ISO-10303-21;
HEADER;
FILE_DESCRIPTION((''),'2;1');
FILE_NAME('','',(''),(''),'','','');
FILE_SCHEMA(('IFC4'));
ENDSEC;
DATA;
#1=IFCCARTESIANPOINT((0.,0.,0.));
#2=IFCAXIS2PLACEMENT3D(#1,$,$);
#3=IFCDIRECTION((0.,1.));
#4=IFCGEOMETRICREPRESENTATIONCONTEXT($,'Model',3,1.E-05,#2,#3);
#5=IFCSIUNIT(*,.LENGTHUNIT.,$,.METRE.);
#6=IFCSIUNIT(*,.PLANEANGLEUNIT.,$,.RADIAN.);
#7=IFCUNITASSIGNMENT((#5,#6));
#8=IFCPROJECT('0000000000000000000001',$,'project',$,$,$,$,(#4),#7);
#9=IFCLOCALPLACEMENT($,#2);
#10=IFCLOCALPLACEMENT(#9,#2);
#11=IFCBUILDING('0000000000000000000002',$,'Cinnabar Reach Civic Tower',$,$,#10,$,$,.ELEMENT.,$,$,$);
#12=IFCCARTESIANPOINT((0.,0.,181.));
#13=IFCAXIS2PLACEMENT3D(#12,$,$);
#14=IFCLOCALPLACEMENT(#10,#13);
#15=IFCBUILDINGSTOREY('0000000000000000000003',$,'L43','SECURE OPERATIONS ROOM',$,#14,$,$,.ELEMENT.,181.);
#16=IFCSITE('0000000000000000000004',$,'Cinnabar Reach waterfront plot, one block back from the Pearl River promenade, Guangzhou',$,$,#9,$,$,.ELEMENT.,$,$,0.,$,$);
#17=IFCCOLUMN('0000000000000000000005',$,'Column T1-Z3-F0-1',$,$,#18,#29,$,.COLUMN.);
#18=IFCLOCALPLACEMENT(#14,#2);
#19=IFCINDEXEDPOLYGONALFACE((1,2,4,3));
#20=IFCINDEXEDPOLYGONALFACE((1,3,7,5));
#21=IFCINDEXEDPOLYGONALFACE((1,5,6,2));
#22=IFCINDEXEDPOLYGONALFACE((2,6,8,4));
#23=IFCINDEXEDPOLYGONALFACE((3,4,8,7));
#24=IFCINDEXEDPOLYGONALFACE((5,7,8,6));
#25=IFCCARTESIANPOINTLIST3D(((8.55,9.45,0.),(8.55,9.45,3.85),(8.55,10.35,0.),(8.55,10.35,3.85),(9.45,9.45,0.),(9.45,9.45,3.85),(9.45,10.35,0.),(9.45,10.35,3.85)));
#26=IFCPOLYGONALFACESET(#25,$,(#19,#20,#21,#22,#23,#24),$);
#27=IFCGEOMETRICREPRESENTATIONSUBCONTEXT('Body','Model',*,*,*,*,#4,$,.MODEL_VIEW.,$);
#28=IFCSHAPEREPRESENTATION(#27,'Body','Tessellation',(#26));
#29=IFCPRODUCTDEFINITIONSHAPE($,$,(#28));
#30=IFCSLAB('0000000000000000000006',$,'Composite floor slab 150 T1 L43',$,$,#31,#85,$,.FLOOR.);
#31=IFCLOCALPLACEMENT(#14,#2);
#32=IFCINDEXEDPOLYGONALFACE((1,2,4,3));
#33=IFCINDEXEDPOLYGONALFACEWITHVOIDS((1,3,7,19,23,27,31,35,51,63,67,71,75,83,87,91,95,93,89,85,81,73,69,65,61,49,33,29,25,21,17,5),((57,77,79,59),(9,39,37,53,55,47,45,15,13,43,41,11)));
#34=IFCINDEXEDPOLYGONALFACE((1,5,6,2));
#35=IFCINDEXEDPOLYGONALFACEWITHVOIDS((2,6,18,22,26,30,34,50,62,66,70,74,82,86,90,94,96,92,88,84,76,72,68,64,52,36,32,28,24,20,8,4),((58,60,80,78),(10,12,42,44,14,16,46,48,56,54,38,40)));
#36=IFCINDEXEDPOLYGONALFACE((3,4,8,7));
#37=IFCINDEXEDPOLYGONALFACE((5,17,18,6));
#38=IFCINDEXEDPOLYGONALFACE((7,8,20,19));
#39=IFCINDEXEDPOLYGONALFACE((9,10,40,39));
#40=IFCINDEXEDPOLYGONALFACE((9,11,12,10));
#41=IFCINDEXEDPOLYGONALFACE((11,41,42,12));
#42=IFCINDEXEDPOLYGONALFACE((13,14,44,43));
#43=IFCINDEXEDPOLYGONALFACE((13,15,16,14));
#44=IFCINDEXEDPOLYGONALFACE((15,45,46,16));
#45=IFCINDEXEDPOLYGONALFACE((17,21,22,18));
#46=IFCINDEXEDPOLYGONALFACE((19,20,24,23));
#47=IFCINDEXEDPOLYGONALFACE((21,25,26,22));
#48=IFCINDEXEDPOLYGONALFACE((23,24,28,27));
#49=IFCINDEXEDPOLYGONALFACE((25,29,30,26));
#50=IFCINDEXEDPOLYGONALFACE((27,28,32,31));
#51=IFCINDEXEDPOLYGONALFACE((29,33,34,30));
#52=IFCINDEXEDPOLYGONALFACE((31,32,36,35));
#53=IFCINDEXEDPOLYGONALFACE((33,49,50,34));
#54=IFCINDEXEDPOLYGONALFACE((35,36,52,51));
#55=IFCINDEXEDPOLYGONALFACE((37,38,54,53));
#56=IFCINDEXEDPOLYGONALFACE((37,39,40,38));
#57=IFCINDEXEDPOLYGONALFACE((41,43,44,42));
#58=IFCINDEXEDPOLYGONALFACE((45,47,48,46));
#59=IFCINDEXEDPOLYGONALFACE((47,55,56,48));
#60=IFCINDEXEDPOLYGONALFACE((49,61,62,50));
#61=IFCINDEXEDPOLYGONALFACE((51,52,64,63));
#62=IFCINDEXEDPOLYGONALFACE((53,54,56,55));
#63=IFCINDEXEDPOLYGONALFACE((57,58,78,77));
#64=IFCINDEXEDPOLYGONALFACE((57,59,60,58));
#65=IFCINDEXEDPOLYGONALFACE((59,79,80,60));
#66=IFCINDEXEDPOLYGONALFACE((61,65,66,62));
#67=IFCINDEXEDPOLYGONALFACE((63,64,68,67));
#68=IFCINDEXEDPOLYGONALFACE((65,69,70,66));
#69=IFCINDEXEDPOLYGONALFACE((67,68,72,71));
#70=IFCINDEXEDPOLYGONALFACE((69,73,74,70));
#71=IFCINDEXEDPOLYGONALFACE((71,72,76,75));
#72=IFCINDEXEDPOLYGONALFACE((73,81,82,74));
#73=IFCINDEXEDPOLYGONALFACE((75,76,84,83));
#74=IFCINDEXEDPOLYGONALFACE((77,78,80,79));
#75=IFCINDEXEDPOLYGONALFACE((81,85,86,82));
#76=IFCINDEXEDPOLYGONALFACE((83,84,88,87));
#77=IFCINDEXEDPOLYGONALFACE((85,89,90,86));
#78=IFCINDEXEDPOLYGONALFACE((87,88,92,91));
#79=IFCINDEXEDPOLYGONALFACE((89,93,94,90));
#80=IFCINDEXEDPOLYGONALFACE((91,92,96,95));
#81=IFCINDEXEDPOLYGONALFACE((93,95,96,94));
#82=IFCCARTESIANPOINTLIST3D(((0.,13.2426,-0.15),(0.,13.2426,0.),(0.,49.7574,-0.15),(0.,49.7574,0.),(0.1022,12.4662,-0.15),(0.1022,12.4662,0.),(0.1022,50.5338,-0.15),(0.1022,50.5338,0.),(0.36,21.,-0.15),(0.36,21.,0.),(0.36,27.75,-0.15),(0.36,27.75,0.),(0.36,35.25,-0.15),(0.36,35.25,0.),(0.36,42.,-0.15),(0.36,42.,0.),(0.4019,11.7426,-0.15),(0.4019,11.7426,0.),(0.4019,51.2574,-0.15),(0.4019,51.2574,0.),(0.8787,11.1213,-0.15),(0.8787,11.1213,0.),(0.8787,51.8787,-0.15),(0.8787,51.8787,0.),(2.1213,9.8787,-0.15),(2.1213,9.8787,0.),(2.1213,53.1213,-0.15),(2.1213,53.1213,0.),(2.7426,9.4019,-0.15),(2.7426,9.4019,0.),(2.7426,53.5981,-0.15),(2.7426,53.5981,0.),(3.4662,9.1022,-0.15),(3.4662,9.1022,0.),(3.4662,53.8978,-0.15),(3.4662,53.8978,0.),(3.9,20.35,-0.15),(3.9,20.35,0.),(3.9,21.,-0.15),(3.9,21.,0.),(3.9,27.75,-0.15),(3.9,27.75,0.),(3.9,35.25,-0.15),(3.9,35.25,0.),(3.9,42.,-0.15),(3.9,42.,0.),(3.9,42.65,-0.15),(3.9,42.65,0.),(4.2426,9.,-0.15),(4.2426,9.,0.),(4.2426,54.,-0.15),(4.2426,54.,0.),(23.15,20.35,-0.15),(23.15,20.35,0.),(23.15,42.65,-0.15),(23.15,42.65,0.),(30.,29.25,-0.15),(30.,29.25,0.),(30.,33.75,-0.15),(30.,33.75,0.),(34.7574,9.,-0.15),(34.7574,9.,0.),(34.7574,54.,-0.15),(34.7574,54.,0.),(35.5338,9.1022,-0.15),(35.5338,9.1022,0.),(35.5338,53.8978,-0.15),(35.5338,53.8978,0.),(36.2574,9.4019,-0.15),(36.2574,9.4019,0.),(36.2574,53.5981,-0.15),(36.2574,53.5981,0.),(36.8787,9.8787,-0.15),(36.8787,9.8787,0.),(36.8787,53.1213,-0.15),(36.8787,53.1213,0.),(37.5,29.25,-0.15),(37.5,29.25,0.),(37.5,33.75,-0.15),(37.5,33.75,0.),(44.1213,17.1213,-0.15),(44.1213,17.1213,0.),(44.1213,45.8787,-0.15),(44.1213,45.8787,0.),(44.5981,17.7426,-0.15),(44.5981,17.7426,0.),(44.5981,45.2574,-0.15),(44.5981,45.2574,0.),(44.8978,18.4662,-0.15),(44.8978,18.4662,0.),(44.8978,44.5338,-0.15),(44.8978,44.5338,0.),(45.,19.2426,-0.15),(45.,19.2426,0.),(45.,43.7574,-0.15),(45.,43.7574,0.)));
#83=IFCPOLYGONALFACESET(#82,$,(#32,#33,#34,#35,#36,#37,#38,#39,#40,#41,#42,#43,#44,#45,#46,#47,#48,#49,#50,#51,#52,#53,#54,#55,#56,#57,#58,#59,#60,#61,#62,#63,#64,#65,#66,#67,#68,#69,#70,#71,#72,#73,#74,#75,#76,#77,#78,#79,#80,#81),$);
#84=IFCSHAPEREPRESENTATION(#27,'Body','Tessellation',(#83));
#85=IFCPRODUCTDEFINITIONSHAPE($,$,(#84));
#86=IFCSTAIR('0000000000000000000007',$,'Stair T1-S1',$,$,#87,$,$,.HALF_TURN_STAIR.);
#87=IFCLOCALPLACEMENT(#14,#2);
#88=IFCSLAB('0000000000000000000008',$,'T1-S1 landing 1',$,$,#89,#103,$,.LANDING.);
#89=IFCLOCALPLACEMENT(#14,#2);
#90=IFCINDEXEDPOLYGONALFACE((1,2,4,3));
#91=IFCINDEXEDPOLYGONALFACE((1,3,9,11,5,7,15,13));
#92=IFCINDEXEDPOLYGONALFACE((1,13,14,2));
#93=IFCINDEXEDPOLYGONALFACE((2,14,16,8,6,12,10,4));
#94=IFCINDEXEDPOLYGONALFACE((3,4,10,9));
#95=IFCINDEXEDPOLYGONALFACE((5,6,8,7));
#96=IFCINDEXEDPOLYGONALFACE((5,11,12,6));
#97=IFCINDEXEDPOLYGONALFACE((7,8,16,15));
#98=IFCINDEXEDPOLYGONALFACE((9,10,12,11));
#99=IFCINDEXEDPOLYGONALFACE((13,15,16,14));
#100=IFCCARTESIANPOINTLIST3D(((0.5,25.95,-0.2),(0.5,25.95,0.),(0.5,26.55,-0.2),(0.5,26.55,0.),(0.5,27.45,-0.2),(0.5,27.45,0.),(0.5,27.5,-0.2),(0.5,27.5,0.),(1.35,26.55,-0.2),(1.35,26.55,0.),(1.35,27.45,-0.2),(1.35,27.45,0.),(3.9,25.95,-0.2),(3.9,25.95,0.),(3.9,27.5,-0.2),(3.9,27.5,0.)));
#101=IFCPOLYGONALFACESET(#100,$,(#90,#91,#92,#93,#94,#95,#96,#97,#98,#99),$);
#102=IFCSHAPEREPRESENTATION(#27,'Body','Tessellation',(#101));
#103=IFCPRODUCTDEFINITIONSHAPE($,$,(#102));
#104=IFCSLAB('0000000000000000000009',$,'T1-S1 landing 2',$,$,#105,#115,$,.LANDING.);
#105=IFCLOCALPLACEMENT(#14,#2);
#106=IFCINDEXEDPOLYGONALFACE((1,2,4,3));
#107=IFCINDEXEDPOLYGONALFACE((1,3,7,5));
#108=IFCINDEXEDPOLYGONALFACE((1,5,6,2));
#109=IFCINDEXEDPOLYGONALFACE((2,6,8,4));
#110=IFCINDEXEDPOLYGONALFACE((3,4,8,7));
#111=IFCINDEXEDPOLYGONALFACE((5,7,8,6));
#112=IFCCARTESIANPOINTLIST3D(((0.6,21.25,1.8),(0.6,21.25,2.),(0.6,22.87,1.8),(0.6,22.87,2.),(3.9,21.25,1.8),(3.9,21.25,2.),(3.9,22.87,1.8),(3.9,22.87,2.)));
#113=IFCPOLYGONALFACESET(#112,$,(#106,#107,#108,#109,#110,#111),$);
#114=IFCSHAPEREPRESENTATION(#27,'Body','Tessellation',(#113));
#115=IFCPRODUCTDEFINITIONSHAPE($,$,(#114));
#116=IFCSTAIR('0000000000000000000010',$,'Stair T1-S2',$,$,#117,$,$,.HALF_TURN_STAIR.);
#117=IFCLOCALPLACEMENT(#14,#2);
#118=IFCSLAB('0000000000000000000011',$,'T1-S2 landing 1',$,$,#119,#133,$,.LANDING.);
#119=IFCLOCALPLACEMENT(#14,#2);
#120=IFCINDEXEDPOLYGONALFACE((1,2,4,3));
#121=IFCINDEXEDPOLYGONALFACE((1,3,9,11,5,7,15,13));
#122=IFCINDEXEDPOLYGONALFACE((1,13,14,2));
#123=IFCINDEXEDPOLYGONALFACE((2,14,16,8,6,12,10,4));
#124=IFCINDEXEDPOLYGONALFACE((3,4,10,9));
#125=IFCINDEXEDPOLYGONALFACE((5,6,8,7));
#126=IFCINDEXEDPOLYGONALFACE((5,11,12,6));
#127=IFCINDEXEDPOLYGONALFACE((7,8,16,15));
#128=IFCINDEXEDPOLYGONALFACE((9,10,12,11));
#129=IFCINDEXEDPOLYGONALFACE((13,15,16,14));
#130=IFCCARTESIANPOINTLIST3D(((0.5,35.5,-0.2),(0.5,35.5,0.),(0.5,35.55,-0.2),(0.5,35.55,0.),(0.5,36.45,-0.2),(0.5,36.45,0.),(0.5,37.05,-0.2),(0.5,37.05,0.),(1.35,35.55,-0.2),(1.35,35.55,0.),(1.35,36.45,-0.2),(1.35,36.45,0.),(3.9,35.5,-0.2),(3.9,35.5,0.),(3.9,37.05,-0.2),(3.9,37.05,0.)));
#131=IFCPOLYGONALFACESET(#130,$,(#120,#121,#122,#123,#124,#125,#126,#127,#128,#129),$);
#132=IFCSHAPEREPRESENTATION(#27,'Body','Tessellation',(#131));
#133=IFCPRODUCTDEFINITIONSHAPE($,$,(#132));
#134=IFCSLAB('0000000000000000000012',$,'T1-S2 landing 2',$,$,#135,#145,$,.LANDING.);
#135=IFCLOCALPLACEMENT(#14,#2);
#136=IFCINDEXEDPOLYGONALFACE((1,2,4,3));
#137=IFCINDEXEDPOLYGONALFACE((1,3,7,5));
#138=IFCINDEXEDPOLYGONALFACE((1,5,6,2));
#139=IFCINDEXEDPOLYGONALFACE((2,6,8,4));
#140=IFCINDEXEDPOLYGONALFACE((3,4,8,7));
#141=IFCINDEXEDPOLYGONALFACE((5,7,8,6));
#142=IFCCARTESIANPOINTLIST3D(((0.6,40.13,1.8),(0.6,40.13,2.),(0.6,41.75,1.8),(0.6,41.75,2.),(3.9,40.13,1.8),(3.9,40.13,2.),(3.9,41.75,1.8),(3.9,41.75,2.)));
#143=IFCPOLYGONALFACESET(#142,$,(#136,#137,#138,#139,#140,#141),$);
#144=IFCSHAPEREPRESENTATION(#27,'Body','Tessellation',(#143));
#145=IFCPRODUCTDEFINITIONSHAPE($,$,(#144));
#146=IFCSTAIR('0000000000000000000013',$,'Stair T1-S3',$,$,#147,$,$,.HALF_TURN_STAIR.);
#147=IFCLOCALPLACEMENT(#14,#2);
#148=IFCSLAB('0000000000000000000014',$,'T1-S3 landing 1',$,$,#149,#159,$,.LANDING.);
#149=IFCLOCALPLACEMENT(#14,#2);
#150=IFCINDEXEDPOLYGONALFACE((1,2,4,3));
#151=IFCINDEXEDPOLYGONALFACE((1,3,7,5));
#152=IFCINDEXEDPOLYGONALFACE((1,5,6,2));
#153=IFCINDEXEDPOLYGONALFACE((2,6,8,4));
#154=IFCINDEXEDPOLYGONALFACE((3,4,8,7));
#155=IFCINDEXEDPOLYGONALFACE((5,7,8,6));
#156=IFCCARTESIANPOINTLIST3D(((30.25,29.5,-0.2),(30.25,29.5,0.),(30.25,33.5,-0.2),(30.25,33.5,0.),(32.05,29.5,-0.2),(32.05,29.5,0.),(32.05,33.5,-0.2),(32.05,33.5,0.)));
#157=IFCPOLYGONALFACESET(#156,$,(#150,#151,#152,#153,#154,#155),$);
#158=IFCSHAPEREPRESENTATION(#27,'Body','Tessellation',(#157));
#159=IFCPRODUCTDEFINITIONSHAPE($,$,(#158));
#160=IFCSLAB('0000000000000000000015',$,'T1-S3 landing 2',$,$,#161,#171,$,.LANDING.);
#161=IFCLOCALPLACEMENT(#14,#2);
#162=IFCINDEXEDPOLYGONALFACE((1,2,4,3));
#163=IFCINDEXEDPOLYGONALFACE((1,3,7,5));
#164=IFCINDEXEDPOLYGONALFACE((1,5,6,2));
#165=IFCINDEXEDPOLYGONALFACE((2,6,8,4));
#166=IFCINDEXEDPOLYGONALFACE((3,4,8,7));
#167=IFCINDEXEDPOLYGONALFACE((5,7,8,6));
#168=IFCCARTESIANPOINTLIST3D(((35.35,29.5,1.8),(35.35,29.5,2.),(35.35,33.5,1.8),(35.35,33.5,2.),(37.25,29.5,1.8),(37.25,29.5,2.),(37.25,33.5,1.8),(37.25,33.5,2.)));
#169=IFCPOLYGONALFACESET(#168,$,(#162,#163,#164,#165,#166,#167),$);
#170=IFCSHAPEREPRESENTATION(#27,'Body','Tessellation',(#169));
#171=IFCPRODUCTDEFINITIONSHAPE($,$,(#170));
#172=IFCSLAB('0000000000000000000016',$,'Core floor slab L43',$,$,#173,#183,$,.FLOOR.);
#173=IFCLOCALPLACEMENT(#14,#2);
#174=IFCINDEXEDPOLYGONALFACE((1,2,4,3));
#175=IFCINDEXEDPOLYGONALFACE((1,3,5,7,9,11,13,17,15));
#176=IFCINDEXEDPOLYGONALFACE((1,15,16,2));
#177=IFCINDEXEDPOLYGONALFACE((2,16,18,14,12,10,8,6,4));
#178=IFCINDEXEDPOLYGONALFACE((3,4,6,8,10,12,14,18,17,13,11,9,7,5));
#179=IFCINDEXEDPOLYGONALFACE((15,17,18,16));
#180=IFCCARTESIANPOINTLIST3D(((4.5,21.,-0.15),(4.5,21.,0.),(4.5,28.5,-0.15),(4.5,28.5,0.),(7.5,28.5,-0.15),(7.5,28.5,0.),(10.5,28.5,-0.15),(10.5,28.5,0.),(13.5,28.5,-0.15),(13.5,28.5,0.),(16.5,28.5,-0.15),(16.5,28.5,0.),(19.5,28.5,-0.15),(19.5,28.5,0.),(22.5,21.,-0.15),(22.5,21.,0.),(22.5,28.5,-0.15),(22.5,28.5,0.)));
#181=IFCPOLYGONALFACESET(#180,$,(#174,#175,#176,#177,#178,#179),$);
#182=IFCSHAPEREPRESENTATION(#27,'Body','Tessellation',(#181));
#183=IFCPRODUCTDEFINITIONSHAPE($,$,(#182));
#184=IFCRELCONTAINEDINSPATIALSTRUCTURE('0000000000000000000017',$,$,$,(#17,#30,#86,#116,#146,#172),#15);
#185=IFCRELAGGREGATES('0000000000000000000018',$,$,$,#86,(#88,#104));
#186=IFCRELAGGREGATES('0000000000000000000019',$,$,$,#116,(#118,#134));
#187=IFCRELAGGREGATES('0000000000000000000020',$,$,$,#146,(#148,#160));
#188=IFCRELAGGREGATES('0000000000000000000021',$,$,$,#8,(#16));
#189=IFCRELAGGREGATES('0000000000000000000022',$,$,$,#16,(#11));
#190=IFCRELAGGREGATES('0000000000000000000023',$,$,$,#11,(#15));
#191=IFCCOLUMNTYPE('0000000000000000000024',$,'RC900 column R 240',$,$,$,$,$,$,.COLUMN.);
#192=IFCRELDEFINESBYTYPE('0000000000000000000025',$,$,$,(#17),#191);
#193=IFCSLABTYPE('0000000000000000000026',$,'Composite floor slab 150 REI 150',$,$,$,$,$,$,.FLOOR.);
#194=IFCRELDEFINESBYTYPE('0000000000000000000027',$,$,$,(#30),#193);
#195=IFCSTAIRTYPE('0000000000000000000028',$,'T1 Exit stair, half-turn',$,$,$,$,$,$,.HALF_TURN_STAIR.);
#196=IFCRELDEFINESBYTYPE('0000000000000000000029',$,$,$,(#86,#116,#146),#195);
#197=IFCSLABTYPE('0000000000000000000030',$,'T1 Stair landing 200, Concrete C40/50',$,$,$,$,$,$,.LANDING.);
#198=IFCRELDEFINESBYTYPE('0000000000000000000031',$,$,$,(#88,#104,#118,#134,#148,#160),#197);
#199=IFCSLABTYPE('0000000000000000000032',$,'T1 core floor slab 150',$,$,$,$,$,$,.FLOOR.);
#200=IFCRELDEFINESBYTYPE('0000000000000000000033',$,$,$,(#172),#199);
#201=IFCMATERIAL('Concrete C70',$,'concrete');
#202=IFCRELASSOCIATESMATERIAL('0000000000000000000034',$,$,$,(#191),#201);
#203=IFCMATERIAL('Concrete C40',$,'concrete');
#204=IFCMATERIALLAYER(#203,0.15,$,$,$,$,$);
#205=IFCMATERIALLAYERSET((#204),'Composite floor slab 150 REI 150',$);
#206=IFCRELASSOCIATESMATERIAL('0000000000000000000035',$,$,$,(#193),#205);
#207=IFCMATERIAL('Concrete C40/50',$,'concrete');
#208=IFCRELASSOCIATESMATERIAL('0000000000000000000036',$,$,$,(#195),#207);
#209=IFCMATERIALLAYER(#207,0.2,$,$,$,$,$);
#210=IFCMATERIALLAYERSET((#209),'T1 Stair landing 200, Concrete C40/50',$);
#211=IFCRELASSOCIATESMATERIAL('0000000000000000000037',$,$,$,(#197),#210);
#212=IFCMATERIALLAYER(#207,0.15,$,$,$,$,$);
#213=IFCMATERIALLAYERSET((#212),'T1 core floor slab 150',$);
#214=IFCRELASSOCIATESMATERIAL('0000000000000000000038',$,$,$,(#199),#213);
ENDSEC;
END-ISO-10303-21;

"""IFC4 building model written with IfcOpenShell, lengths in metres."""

from ifc_helpers import new_model, si_unit, direction, frame, origin, origin_2d, place, context, subcontext, project, spatial, polyline, rectangle, outline, extrude, material, layer, layer_set, material_profile, profile_set, type_object, element, aggregate, save


model = new_model("IFC4")

# Units and contexts
model_context = context("Model", 3, precision=1e-05, world=origin(), true_north=direction((0.0, 1.0)))
body_context = subcontext(model_context, "Body", "Model", "MODEL_VIEW")
ifc_project = project(units=[si_unit("LENGTHUNIT", "METRE"), si_unit("PLANEANGLEUNIT", "RADIAN")], contexts=[model_context])

# Site, building, storey
site_placement = place(None, origin())
site = spatial("IfcSite", under=ifc_project, at=site_placement, Name="Cinnabar Reach waterfront plot, one block back from the Pearl River promenade, Guangzhou", CompositionType="ELEMENT", RefElevation=0.0)
building_placement = place(site_placement, origin())
building = spatial("IfcBuilding", under=site, at=building_placement, Name="Cinnabar Reach Civic Tower", CompositionType="ELEMENT")
storey_placement = place(building_placement, frame((0.0, 0.0, 181.0)))
storey = spatial("IfcBuildingStorey", under=building, at=storey_placement, Name="L43", Description="SECURE OPERATIONS ROOM", CompositionType="ELEMENT", Elevation=181.0)

# Column
ifc_material_1 = material(Name="Concrete C70", Category="concrete")
ifc_material_profile = material_profile(ifc_material_1, rectangle(XDim=0.9, YDim=0.9, at=origin_2d()), Name="RC900")
ifc_profile_set = profile_set([ifc_material_profile], Name="Concrete C70")
column_type = type_object("IfcColumnType", Name="RC900 column R 240", PredefinedType="COLUMN", material=ifc_profile_set)
column_placement = place(storey_placement, frame((9.0, 9.9, 0.0), z_axis=(0.0, 0.0, 1.0), x_axis=(1.0, 0.0, 0.0)))
element("IfcColumn", 1, at=column_placement, inside=storey, type_object=column_type, Name="Column T1-Z3-F0-1", PredefinedType="COLUMN", context=body_context, shape_type="SweptSolid", body=[
    extrude(rectangle(XDim=0.9, YDim=0.9, at=origin_2d()), origin(), (0.0, 0.0, 1.0), 3.85),
])

# Slab
ifc_material_2 = material(Name="Concrete C40", Category="concrete")
ifc_layer_1 = layer(ifc_material_2, 0.15)
ifc_layer_set_1 = layer_set([ifc_layer_1], Name="Composite floor slab 150 REI 150")
slab_type_1 = type_object("IfcSlabType", Name="Composite floor slab 150 REI 150", PredefinedType="FLOOR", material=ifc_layer_set_1)
slab_1_placement = place(storey_placement, frame((0.0, 0.0, -0.15)))
element("IfcSlab", 2, at=slab_1_placement, inside=storey, type_object=slab_type_1, Name="Composite floor slab 150 T1 L43", PredefinedType="FLOOR", context=body_context, shape_type="SweptSolid", body=[
    extrude(outline(polyline([(0.8787, 11.1213), (0.4019, 11.7426), (0.1022, 12.4662), (0.0, 13.2426), (0.0, 49.7574), (0.1022, 50.5338), (0.4019, 51.2574), (0.8787, 51.8787), (2.1213, 53.1213), (2.7426, 53.5981), (3.4662, 53.8978), (4.2426, 54.0), (34.7574, 54.0), (35.5338, 53.8978), (36.2574, 53.5981), (36.8787, 53.1213), (44.1213, 45.8787), (44.5981, 45.2574), (44.8978, 44.5338), (45.0, 43.7574), (45.0, 19.2426), (44.8978, 18.4662), (44.5981, 17.7426), (44.1213, 17.1213), (36.8787, 9.8787), (36.2574, 9.4019), (35.5338, 9.1022), (34.7574, 9.0), (4.2426, 9.0), (3.4662, 9.1022), (2.7426, 9.4019), (2.1213, 9.8787), (0.8787, 11.1213)]), holes=[polyline([(0.36, 21.0), (3.9, 21.0), (3.9, 20.35), (23.15, 20.35), (23.15, 42.65), (3.9, 42.65), (3.9, 42.0), (0.36, 42.0), (0.36, 35.25), (3.9, 35.25), (3.9, 27.75), (0.36, 27.75), (0.36, 21.0)]), polyline([(30.0, 33.75), (30.0, 29.25), (37.5, 29.25), (37.5, 33.75), (30.0, 33.75)])]), origin(), (0.0, 0.0, 1.0), 0.15),
])

# Stairs, slabs
ifc_material_3 = material(Name="Concrete C40/50", Category="concrete")
stair_type = type_object("IfcStairType", Name="T1 Exit stair, half-turn", PredefinedType="HALF_TURN_STAIR", material=ifc_material_3)
stair_1_placement = place(storey_placement, origin())
stair_1 = element("IfcStair", 3, at=stair_1_placement, inside=storey, type_object=stair_type, Name="Stair T1-S1", PredefinedType="HALF_TURN_STAIR")
ifc_layer_2 = layer(ifc_material_3, 0.2)
ifc_layer_set_2 = layer_set([ifc_layer_2], Name="T1 Stair landing 200, Concrete C40/50")
slab_type_2 = type_object("IfcSlabType", Name="T1 Stair landing 200, Concrete C40/50", PredefinedType="LANDING", material=ifc_layer_set_2)
slab_2_placement = place(storey_placement, frame((0.0, 0.0, -0.2)))
slab_2 = element("IfcSlab", 4, at=slab_2_placement, type_object=slab_type_2, Name="T1-S1 landing 1", PredefinedType="LANDING", context=body_context, shape_type="SweptSolid", body=[
    extrude(outline(polyline([(0.5, 27.5), (3.9, 27.5), (3.9, 25.95), (0.5, 25.95), (0.5, 26.55), (1.35, 26.55), (1.35, 27.45), (0.5, 27.45), (0.5, 27.5)])), origin(), (0.0, 0.0, 1.0), 0.2),
])
slab_3_placement = place(storey_placement, frame((0.0, 0.0, 1.8)))
slab_3 = element("IfcSlab", 5, at=slab_3_placement, type_object=slab_type_2, Name="T1-S1 landing 2", PredefinedType="LANDING", context=body_context, shape_type="SweptSolid", body=[
    extrude(outline(polyline([(0.6, 21.25), (0.6, 22.87), (3.9, 22.87), (3.9, 21.25), (0.6, 21.25)])), origin(), (0.0, 0.0, 1.0), 0.2),
])
aggregate(stair_1, [slab_2, slab_3])
stair_2_placement = place(storey_placement, origin())
stair_2 = element("IfcStair", 6, at=stair_2_placement, inside=storey, type_object=stair_type, Name="Stair T1-S2", PredefinedType="HALF_TURN_STAIR")
slab_4_placement = place(storey_placement, frame((0.0, 0.0, -0.2)))
slab_4 = element("IfcSlab", 7, at=slab_4_placement, type_object=slab_type_2, Name="T1-S2 landing 1", PredefinedType="LANDING", context=body_context, shape_type="SweptSolid", body=[
    extrude(outline(polyline([(0.5, 37.05), (3.9, 37.05), (3.9, 35.5), (0.5, 35.5), (0.5, 35.55), (1.35, 35.55), (1.35, 36.45), (0.5, 36.45), (0.5, 37.05)])), origin(), (0.0, 0.0, 1.0), 0.2),
])
slab_5_placement = place(storey_placement, frame((0.0, 0.0, 1.8)))
slab_5 = element("IfcSlab", 8, at=slab_5_placement, type_object=slab_type_2, Name="T1-S2 landing 2", PredefinedType="LANDING", context=body_context, shape_type="SweptSolid", body=[
    extrude(outline(polyline([(0.6, 40.13), (0.6, 41.75), (3.9, 41.75), (3.9, 40.13), (0.6, 40.13)])), origin(), (0.0, 0.0, 1.0), 0.2),
])
aggregate(stair_2, [slab_4, slab_5])
stair_3_placement = place(storey_placement, origin())
stair_3 = element("IfcStair", 9, at=stair_3_placement, inside=storey, type_object=stair_type, Name="Stair T1-S3", PredefinedType="HALF_TURN_STAIR")
slab_6_placement = place(storey_placement, frame((0.0, 0.0, -0.2)))
slab_6 = element("IfcSlab", 10, at=slab_6_placement, type_object=slab_type_2, Name="T1-S3 landing 1", PredefinedType="LANDING", context=body_context, shape_type="SweptSolid", body=[
    extrude(outline(polyline([(30.25, 29.5), (32.05, 29.5), (32.05, 33.5), (30.25, 33.5), (30.25, 29.5)])), origin(), (0.0, 0.0, 1.0), 0.2),
])
slab_7_placement = place(storey_placement, frame((0.0, 0.0, 1.8)))
slab_7 = element("IfcSlab", 11, at=slab_7_placement, type_object=slab_type_2, Name="T1-S3 landing 2", PredefinedType="LANDING", context=body_context, shape_type="SweptSolid", body=[
    extrude(outline(polyline([(35.35, 29.5), (37.25, 29.5), (37.25, 33.5), (35.35, 33.5), (35.35, 29.5)])), origin(), (0.0, 0.0, 1.0), 0.2),
])
aggregate(stair_3, [slab_6, slab_7])

# Slab
ifc_layer_3 = layer(ifc_material_3, 0.15)
ifc_layer_set_3 = layer_set([ifc_layer_3], Name="T1 core floor slab 150")
slab_type_3 = type_object("IfcSlabType", Name="T1 core floor slab 150", PredefinedType="FLOOR", material=ifc_layer_set_3)
slab_8_placement = place(storey_placement, frame((0.0, 0.0, -0.15)))
element("IfcSlab", 12, at=slab_8_placement, inside=storey, type_object=slab_type_3, Name="Core floor slab L43", PredefinedType="FLOOR", context=body_context, shape_type="SweptSolid", body=[
    extrude(outline(polyline([(22.5, 21.0), (4.5, 21.0), (4.5, 28.5), (7.5, 28.5), (10.5, 28.5), (13.5, 28.5), (16.5, 28.5), (19.5, 28.5), (22.5, 28.5), (22.5, 21.0)])), origin(), (0.0, 0.0, 1.0), 0.15),
])

save(model, "model.ifc")
